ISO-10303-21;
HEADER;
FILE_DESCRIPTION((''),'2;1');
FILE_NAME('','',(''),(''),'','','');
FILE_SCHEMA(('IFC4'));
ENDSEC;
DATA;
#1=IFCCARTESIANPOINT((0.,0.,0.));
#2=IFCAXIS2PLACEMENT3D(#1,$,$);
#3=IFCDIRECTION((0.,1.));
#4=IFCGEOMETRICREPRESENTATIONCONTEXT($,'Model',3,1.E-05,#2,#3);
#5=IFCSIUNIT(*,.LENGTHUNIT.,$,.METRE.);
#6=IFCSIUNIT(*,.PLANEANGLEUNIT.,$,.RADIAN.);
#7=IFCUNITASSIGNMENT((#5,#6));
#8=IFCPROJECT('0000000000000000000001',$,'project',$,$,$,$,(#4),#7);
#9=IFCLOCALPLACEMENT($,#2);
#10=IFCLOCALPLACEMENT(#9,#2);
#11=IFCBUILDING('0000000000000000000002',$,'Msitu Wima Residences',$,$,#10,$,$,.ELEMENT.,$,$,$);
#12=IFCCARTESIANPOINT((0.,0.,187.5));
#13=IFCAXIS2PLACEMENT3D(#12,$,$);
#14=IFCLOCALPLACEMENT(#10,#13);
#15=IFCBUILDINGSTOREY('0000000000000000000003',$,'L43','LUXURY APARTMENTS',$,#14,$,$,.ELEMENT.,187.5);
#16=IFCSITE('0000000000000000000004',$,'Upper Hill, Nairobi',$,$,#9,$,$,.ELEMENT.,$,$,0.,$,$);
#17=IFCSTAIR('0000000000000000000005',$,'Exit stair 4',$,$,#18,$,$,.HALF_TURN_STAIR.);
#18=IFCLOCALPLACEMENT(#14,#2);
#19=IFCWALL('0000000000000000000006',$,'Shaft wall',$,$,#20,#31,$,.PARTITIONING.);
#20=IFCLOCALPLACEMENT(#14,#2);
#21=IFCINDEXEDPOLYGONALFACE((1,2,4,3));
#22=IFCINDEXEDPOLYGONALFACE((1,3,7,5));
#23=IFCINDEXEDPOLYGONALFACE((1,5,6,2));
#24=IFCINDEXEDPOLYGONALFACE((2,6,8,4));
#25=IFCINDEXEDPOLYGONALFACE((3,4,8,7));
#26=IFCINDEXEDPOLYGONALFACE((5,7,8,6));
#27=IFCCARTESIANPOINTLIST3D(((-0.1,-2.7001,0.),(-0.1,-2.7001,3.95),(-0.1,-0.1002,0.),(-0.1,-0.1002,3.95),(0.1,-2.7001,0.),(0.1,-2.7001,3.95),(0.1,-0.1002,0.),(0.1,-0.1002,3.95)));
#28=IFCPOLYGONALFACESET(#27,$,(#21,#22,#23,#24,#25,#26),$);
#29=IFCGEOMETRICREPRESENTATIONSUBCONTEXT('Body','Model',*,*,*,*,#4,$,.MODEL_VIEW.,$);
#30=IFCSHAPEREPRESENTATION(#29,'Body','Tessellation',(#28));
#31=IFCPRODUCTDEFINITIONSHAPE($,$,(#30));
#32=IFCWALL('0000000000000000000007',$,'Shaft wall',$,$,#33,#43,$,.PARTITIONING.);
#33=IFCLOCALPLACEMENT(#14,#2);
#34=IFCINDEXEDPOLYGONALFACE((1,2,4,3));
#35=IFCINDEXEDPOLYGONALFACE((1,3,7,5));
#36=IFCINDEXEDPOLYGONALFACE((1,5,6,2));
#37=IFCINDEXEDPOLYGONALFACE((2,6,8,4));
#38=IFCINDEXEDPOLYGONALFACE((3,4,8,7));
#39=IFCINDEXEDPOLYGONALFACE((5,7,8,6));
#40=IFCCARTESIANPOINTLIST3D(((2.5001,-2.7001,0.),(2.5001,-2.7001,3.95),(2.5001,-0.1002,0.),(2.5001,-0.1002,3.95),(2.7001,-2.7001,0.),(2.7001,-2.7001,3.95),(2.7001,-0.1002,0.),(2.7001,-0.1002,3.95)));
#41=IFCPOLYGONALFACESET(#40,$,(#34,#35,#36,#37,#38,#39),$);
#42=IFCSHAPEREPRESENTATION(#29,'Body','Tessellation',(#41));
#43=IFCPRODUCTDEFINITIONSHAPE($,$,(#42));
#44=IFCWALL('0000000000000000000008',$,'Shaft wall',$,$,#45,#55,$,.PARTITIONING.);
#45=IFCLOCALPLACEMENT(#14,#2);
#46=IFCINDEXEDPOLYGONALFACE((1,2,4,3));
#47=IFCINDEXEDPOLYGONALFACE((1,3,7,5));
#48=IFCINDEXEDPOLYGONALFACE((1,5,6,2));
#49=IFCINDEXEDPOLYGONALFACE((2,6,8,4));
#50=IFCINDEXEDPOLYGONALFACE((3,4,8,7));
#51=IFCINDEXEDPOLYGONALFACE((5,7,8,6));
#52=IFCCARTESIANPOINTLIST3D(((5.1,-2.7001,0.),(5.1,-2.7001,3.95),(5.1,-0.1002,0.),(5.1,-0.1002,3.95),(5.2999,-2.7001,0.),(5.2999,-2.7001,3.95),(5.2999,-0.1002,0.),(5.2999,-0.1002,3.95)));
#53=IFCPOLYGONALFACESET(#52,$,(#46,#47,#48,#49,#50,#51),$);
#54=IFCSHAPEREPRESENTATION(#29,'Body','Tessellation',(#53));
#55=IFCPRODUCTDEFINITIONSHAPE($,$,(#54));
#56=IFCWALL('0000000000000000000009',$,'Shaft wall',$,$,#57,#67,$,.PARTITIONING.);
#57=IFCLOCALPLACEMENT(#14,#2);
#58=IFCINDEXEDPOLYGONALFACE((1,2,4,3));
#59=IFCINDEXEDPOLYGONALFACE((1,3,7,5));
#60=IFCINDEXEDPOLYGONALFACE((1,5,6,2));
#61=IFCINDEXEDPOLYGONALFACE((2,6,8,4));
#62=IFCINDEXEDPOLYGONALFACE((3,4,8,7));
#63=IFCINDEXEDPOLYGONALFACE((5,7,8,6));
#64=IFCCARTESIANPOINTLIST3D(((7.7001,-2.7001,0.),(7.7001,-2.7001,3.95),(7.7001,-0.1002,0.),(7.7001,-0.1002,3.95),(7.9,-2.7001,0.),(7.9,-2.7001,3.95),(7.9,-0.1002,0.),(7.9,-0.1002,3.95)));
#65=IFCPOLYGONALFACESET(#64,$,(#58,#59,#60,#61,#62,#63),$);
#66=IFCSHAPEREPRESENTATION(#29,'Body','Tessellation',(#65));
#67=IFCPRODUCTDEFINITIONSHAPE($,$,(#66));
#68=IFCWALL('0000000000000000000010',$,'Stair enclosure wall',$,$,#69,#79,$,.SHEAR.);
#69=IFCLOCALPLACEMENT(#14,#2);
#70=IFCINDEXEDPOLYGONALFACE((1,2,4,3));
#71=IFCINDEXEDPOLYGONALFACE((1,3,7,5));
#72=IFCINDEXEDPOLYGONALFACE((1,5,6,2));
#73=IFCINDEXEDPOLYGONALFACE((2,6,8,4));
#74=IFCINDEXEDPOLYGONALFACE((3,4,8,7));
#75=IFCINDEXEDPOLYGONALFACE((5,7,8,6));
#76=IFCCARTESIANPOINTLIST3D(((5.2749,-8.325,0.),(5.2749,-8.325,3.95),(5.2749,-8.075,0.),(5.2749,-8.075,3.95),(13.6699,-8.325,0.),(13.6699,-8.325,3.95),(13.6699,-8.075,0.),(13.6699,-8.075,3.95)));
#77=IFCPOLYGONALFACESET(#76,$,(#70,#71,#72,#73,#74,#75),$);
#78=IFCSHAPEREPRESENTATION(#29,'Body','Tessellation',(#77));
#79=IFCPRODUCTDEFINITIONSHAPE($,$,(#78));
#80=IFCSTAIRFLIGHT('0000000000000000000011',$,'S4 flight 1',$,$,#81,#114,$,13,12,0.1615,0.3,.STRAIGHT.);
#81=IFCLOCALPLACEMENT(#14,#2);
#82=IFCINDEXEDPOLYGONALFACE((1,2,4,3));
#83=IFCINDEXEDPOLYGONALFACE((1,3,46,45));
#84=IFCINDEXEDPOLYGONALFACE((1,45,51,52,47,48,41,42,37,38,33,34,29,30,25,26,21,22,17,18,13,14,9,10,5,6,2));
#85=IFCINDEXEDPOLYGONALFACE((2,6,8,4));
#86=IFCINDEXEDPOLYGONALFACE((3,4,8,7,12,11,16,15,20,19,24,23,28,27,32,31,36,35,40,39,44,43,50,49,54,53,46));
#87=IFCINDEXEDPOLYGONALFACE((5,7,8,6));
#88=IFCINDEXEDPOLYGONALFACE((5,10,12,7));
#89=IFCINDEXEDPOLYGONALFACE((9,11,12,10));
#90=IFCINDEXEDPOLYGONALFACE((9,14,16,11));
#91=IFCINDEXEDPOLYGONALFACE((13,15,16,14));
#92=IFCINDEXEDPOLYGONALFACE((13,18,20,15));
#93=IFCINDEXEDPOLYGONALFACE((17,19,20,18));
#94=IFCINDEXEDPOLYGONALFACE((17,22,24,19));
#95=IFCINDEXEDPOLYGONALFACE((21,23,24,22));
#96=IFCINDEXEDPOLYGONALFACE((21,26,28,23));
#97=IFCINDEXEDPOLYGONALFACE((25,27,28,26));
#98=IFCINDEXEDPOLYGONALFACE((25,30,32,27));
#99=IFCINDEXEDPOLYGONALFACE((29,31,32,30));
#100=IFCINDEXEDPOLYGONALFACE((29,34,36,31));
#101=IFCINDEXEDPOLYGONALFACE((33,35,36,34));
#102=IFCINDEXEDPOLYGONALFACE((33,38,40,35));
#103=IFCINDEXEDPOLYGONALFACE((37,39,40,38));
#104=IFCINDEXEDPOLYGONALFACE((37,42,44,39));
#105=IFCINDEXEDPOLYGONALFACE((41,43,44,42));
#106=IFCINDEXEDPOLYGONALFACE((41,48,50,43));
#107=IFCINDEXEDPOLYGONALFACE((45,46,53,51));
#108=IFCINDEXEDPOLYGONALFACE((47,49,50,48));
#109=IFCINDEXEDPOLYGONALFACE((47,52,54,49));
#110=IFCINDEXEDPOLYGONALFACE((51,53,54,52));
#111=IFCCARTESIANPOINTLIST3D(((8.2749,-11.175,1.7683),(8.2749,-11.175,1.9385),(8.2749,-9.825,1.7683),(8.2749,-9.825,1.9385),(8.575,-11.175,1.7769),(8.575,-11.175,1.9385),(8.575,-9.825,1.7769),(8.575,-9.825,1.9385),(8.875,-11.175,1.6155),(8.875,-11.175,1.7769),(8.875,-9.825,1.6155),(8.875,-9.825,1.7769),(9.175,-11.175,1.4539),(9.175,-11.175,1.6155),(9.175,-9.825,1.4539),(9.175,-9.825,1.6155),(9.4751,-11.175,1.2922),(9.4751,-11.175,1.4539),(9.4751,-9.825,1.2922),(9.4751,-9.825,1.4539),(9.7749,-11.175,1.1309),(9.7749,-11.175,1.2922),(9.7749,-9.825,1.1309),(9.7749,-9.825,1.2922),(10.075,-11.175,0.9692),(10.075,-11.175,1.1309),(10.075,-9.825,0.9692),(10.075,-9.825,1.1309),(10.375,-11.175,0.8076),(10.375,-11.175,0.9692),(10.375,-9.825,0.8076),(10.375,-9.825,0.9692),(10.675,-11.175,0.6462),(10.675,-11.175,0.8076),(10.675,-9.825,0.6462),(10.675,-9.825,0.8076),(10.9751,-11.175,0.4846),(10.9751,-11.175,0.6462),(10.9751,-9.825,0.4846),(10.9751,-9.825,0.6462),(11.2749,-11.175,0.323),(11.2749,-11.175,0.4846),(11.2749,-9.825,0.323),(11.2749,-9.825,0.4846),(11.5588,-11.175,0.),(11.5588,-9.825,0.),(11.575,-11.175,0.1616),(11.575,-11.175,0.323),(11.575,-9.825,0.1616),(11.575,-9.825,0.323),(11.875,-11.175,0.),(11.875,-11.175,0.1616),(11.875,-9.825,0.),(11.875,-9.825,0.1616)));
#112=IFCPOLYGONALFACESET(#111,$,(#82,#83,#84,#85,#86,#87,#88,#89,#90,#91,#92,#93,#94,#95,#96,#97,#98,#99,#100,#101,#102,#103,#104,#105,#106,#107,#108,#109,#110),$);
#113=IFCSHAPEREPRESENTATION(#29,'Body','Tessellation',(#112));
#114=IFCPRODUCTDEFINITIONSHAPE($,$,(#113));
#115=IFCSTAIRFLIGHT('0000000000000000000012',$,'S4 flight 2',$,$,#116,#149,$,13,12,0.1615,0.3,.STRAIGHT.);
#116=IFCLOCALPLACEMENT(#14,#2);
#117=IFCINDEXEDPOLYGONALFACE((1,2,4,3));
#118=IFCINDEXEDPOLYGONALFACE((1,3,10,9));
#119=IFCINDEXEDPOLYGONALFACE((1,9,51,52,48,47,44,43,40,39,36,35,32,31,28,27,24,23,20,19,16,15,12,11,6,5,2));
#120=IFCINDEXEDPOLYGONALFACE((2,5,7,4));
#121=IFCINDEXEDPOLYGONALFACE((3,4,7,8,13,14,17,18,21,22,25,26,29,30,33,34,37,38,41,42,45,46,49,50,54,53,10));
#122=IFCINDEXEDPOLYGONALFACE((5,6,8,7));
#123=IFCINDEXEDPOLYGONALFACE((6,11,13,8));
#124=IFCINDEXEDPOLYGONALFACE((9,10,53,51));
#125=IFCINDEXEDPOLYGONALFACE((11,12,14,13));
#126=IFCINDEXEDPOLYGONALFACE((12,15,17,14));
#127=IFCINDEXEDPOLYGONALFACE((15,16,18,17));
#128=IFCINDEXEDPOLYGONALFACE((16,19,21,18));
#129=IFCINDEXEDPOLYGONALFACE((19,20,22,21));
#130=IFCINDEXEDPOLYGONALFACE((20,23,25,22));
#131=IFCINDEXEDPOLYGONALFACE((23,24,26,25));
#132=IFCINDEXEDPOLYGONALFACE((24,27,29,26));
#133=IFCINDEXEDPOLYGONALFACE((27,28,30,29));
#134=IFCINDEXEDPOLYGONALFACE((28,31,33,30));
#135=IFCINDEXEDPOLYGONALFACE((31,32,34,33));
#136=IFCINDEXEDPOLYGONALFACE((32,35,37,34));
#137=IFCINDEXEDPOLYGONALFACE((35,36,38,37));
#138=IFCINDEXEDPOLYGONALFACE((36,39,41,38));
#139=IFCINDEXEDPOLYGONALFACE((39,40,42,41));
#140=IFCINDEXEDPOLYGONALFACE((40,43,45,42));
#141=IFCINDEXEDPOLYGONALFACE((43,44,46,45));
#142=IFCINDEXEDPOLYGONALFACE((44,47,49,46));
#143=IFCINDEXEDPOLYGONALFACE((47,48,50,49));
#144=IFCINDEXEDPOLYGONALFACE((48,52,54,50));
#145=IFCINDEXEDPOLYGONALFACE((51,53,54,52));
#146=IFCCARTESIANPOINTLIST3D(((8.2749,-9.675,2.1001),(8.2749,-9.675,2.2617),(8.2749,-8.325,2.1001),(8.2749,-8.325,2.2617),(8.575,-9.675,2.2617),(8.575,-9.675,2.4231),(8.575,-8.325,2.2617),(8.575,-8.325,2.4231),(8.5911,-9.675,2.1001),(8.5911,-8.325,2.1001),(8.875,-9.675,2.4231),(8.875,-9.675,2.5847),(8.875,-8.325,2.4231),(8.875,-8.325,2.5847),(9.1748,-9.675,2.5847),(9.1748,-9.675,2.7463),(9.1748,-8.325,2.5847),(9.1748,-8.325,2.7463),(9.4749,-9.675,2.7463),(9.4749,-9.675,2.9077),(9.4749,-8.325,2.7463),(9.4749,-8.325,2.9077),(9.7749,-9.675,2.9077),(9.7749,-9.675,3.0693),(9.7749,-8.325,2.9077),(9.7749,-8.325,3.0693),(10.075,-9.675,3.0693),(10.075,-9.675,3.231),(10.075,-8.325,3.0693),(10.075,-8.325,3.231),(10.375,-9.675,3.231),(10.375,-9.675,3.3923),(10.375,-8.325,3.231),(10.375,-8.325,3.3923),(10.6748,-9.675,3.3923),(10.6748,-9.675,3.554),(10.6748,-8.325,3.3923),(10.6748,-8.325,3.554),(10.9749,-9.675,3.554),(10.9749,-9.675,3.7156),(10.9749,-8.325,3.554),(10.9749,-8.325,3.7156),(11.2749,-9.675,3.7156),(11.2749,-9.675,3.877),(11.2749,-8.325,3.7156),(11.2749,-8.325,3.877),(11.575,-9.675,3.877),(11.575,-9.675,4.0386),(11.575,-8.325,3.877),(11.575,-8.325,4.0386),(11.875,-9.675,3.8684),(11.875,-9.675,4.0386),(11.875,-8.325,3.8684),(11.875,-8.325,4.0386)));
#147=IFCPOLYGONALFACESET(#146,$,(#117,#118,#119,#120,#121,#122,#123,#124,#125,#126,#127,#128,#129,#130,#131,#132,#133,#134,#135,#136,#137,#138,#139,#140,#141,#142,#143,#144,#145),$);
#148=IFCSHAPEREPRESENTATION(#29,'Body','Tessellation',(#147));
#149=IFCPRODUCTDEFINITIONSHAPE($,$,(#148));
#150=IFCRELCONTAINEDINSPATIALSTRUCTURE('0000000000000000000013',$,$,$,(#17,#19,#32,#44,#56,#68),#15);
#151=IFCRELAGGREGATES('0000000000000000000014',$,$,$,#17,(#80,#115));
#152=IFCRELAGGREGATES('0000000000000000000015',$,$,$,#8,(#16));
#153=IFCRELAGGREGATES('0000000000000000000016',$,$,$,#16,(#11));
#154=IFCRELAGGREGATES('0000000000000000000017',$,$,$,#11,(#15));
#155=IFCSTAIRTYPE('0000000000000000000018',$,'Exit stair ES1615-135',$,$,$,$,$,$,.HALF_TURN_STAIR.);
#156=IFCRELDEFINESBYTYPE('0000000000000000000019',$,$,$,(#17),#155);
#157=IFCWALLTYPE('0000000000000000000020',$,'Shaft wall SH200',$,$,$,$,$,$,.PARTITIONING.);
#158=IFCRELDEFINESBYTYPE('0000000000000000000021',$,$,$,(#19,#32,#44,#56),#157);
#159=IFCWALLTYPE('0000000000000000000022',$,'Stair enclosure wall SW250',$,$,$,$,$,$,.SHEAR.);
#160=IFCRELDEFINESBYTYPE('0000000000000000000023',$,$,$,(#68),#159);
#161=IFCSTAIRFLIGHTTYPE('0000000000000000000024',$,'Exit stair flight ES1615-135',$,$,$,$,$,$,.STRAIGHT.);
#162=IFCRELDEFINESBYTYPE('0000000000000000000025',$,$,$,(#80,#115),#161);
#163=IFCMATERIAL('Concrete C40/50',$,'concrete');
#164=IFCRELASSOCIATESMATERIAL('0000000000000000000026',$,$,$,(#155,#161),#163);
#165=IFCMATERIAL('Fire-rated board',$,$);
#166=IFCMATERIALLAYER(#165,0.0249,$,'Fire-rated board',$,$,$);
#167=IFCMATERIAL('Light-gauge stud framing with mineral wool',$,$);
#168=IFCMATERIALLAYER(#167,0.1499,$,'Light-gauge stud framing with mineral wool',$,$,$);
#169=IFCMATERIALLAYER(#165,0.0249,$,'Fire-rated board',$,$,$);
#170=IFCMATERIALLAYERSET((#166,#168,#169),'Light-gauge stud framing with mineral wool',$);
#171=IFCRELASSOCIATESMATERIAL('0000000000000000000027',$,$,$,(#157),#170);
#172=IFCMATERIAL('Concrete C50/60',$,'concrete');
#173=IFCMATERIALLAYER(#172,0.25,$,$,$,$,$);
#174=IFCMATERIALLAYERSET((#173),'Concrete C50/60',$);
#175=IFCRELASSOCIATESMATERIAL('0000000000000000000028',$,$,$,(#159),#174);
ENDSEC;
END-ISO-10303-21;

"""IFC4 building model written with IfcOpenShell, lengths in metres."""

from ifc_helpers import new_model, si_unit, direction, frame, frame_2d, origin, place, context, subcontext, project, spatial, polyline, rectangle, outline, extrude, material, layer, layer_set, type_object, element, aggregate, save


model = new_model("IFC4")

# Units and contexts
model_context = context("Model", 3, precision=1e-05, world=origin(), true_north=direction((0.0, 1.0)))
body_context = subcontext(model_context, "Body", "Model", "MODEL_VIEW")
ifc_project = project(units=[si_unit("LENGTHUNIT", "METRE"), si_unit("PLANEANGLEUNIT", "RADIAN")], contexts=[model_context])

# Site, building, storey
site_placement = place(None, origin())
site = spatial("IfcSite", under=ifc_project, at=site_placement, Name="Upper Hill, Nairobi", CompositionType="ELEMENT", RefElevation=0.0)
building_placement = place(site_placement, origin())
building = spatial("IfcBuilding", under=site, at=building_placement, Name="Msitu Wima Residences", CompositionType="ELEMENT")
storey_placement = place(building_placement, frame((0.0, 0.0, 187.5)))
storey = spatial("IfcBuildingStorey", under=building, at=storey_placement, Name="L43", Description="LUXURY APARTMENTS", CompositionType="ELEMENT", Elevation=187.5)

# Shared definitions
ifc_material_1 = material(Name="Concrete C40/50", Category="concrete")

# Stair
stair_type = type_object("IfcStairType", Name="Exit stair ES1615-135", PredefinedType="HALF_TURN_STAIR", material=ifc_material_1)
stair_1_placement = place(storey_placement, origin())
stair_1 = element("IfcStair", 1, at=stair_1_placement, inside=storey, type_object=stair_type, Name="Exit stair 4", PredefinedType="HALF_TURN_STAIR")

# Walls
ifc_material_2 = material(Name="Fire-rated board")
ifc_layer_1 = layer(ifc_material_2, 0.0249, Name="Fire-rated board")
ifc_material_3 = material(Name="Light-gauge stud framing with mineral wool")
ifc_layer_2 = layer(ifc_material_3, 0.1499, Name="Light-gauge stud framing with mineral wool")
ifc_layer_3 = layer(ifc_material_2, 0.0249, Name="Fire-rated board")
ifc_layer_set_1 = layer_set([ifc_layer_1, ifc_layer_2, ifc_layer_3], Name="Light-gauge stud framing with mineral wool")
wall_type_1 = type_object("IfcWallType", Name="Shaft wall SH200", PredefinedType="PARTITIONING", material=ifc_layer_set_1)
for number, where, z_axis, x_axis, name in (
    (2, (0.0, -2.7, 0.0), (0.0, 0.0, 1.0), (0.0, 1.0, 0.0), "Shaft wall"),
    (3, (2.6001, -2.7, 0.0), (0.0, 0.0, 1.0), (0.0, 1.0, 0.0), "Shaft wall"),
    (4, (5.2, -2.7, 0.0), (0.0, 0.0, 1.0), (0.0, 1.0, 0.0), "Shaft wall"),
    (5, (7.8, -2.7, 0.0), (0.0, 0.0, 1.0), (0.0, 1.0, 0.0), "Shaft wall"),
):
    element("IfcWall", number, at=place(storey_placement, frame(where, z_axis=z_axis, x_axis=x_axis)), inside=storey, type_object=wall_type_1, Name=name, PredefinedType="PARTITIONING", context=body_context, shape_type="SweptSolid", body=[
        extrude(rectangle(XDim=2.5999, YDim=0.2, at=frame_2d((1.2998, 0.0))), origin(), (0.0, 0.0, 1.0), 3.95),
    ])
ifc_material_4 = material(Name="Concrete C50/60", Category="concrete")
ifc_layer_4 = layer(ifc_material_4, 0.25)
ifc_layer_set_2 = layer_set([ifc_layer_4], Name="Concrete C50/60")
wall_type_2 = type_object("IfcWallType", Name="Stair enclosure wall SW250", PredefinedType="SHEAR", material=ifc_layer_set_2)
wall_1_placement = place(storey_placement, frame((5.2749, -8.2, 0.0), z_axis=(0.0, 0.0, 1.0), x_axis=(1.0, 0.0, 0.0)))
element("IfcWall", 6, at=wall_1_placement, inside=storey, type_object=wall_type_2, Name="Stair enclosure wall", PredefinedType="SHEAR", context=body_context, shape_type="SweptSolid", body=[
    extrude(rectangle(XDim=8.395, YDim=0.25, at=frame_2d((4.1975, 0.0))), origin(), (0.0, 0.0, 1.0), 3.95),
])

# Stair flights
stair_flight_type = type_object("IfcStairFlightType", Name="Exit stair flight ES1615-135", PredefinedType="STRAIGHT", material=ifc_material_1)
stair_flight_1_placement = place(storey_placement, frame((11.875, -10.5, 0.0), z_axis=(0.0, 0.0, 1.0), x_axis=(-1.0, 0.0, 0.0)))
stair_flight_1 = element("IfcStairFlight", 7, at=stair_flight_1_placement, type_object=stair_flight_type, Name="S4 flight 1", NumberOfRisers=13, NumberOfTreads=12, PredefinedType="STRAIGHT", RiserHeight=0.1615, TreadLength=0.3, context=body_context, shape_type="SweptSolid", body=[
    extrude(outline(polyline([(0.0, 0.0), (0.0, 0.1616), (0.3, 0.1616), (0.3, 0.323), (0.6001, 0.323), (0.6001, 0.4846), (0.8999, 0.4846), (0.8999, 0.6462), (1.2, 0.6462), (1.2, 0.8076), (1.5, 0.8076), (1.5, 0.9692), (1.8, 0.9692), (1.8, 1.1309), (2.1001, 1.1309), (2.1001, 1.2922), (2.3999, 1.2922), (2.3999, 1.4539), (2.7, 1.4539), (2.7, 1.6155), (3.0, 1.6155), (3.0, 1.7769), (3.3, 1.7769), (3.3, 1.9385), (3.6001, 1.9385), (3.6001, 2.1001), (3.6001, 1.7683), (0.3162, 0.0), (0.0, 0.0)])), frame((0.0, 0.675, 0.0), z_axis=(0.0, -1.0, 0.0), x_axis=(1.0, 0.0, 0.0)), (0.0, 0.0, 1.0), 1.3501),
])
stair_flight_2_placement = place(storey_placement, frame((8.2749, -9.0, 2.1001), z_axis=(0.0, 0.0, 1.0), x_axis=(1.0, 0.0, 0.0)))
stair_flight_2 = element("IfcStairFlight", 8, at=stair_flight_2_placement, type_object=stair_flight_type, Name="S4 flight 2", NumberOfRisers=13, NumberOfTreads=12, PredefinedType="STRAIGHT", RiserHeight=0.1615, TreadLength=0.3, context=body_context, shape_type="SweptSolid", body=[
    extrude(outline(polyline([(0.0, 0.0), (0.0, 0.1616), (0.3, 0.1616), (0.3, 0.323), (0.6001, 0.323), (0.6001, 0.4846), (0.8999, 0.4846), (0.8999, 0.6462), (1.2, 0.6462), (1.2, 0.8076), (1.5, 0.8076), (1.5, 0.9692), (1.8, 0.9692), (1.8, 1.1309), (2.1001, 1.1309), (2.1001, 1.2922), (2.3999, 1.2922), (2.3999, 1.4539), (2.7, 1.4539), (2.7, 1.6155), (3.0, 1.6155), (3.0, 1.7769), (3.3, 1.7769), (3.3, 1.9385), (3.6001, 1.9385), (3.6001, 2.1001), (3.6001, 1.7683), (0.3162, 0.0), (0.0, 0.0)])), frame((0.0, 0.675, 0.0), z_axis=(0.0, -1.0, 0.0), x_axis=(1.0, 0.0, 0.0)), (0.0, 0.0, 1.0), 1.3501),
])
aggregate(stair_1, [stair_flight_1, stair_flight_2])

save(model, "model.ifc")
